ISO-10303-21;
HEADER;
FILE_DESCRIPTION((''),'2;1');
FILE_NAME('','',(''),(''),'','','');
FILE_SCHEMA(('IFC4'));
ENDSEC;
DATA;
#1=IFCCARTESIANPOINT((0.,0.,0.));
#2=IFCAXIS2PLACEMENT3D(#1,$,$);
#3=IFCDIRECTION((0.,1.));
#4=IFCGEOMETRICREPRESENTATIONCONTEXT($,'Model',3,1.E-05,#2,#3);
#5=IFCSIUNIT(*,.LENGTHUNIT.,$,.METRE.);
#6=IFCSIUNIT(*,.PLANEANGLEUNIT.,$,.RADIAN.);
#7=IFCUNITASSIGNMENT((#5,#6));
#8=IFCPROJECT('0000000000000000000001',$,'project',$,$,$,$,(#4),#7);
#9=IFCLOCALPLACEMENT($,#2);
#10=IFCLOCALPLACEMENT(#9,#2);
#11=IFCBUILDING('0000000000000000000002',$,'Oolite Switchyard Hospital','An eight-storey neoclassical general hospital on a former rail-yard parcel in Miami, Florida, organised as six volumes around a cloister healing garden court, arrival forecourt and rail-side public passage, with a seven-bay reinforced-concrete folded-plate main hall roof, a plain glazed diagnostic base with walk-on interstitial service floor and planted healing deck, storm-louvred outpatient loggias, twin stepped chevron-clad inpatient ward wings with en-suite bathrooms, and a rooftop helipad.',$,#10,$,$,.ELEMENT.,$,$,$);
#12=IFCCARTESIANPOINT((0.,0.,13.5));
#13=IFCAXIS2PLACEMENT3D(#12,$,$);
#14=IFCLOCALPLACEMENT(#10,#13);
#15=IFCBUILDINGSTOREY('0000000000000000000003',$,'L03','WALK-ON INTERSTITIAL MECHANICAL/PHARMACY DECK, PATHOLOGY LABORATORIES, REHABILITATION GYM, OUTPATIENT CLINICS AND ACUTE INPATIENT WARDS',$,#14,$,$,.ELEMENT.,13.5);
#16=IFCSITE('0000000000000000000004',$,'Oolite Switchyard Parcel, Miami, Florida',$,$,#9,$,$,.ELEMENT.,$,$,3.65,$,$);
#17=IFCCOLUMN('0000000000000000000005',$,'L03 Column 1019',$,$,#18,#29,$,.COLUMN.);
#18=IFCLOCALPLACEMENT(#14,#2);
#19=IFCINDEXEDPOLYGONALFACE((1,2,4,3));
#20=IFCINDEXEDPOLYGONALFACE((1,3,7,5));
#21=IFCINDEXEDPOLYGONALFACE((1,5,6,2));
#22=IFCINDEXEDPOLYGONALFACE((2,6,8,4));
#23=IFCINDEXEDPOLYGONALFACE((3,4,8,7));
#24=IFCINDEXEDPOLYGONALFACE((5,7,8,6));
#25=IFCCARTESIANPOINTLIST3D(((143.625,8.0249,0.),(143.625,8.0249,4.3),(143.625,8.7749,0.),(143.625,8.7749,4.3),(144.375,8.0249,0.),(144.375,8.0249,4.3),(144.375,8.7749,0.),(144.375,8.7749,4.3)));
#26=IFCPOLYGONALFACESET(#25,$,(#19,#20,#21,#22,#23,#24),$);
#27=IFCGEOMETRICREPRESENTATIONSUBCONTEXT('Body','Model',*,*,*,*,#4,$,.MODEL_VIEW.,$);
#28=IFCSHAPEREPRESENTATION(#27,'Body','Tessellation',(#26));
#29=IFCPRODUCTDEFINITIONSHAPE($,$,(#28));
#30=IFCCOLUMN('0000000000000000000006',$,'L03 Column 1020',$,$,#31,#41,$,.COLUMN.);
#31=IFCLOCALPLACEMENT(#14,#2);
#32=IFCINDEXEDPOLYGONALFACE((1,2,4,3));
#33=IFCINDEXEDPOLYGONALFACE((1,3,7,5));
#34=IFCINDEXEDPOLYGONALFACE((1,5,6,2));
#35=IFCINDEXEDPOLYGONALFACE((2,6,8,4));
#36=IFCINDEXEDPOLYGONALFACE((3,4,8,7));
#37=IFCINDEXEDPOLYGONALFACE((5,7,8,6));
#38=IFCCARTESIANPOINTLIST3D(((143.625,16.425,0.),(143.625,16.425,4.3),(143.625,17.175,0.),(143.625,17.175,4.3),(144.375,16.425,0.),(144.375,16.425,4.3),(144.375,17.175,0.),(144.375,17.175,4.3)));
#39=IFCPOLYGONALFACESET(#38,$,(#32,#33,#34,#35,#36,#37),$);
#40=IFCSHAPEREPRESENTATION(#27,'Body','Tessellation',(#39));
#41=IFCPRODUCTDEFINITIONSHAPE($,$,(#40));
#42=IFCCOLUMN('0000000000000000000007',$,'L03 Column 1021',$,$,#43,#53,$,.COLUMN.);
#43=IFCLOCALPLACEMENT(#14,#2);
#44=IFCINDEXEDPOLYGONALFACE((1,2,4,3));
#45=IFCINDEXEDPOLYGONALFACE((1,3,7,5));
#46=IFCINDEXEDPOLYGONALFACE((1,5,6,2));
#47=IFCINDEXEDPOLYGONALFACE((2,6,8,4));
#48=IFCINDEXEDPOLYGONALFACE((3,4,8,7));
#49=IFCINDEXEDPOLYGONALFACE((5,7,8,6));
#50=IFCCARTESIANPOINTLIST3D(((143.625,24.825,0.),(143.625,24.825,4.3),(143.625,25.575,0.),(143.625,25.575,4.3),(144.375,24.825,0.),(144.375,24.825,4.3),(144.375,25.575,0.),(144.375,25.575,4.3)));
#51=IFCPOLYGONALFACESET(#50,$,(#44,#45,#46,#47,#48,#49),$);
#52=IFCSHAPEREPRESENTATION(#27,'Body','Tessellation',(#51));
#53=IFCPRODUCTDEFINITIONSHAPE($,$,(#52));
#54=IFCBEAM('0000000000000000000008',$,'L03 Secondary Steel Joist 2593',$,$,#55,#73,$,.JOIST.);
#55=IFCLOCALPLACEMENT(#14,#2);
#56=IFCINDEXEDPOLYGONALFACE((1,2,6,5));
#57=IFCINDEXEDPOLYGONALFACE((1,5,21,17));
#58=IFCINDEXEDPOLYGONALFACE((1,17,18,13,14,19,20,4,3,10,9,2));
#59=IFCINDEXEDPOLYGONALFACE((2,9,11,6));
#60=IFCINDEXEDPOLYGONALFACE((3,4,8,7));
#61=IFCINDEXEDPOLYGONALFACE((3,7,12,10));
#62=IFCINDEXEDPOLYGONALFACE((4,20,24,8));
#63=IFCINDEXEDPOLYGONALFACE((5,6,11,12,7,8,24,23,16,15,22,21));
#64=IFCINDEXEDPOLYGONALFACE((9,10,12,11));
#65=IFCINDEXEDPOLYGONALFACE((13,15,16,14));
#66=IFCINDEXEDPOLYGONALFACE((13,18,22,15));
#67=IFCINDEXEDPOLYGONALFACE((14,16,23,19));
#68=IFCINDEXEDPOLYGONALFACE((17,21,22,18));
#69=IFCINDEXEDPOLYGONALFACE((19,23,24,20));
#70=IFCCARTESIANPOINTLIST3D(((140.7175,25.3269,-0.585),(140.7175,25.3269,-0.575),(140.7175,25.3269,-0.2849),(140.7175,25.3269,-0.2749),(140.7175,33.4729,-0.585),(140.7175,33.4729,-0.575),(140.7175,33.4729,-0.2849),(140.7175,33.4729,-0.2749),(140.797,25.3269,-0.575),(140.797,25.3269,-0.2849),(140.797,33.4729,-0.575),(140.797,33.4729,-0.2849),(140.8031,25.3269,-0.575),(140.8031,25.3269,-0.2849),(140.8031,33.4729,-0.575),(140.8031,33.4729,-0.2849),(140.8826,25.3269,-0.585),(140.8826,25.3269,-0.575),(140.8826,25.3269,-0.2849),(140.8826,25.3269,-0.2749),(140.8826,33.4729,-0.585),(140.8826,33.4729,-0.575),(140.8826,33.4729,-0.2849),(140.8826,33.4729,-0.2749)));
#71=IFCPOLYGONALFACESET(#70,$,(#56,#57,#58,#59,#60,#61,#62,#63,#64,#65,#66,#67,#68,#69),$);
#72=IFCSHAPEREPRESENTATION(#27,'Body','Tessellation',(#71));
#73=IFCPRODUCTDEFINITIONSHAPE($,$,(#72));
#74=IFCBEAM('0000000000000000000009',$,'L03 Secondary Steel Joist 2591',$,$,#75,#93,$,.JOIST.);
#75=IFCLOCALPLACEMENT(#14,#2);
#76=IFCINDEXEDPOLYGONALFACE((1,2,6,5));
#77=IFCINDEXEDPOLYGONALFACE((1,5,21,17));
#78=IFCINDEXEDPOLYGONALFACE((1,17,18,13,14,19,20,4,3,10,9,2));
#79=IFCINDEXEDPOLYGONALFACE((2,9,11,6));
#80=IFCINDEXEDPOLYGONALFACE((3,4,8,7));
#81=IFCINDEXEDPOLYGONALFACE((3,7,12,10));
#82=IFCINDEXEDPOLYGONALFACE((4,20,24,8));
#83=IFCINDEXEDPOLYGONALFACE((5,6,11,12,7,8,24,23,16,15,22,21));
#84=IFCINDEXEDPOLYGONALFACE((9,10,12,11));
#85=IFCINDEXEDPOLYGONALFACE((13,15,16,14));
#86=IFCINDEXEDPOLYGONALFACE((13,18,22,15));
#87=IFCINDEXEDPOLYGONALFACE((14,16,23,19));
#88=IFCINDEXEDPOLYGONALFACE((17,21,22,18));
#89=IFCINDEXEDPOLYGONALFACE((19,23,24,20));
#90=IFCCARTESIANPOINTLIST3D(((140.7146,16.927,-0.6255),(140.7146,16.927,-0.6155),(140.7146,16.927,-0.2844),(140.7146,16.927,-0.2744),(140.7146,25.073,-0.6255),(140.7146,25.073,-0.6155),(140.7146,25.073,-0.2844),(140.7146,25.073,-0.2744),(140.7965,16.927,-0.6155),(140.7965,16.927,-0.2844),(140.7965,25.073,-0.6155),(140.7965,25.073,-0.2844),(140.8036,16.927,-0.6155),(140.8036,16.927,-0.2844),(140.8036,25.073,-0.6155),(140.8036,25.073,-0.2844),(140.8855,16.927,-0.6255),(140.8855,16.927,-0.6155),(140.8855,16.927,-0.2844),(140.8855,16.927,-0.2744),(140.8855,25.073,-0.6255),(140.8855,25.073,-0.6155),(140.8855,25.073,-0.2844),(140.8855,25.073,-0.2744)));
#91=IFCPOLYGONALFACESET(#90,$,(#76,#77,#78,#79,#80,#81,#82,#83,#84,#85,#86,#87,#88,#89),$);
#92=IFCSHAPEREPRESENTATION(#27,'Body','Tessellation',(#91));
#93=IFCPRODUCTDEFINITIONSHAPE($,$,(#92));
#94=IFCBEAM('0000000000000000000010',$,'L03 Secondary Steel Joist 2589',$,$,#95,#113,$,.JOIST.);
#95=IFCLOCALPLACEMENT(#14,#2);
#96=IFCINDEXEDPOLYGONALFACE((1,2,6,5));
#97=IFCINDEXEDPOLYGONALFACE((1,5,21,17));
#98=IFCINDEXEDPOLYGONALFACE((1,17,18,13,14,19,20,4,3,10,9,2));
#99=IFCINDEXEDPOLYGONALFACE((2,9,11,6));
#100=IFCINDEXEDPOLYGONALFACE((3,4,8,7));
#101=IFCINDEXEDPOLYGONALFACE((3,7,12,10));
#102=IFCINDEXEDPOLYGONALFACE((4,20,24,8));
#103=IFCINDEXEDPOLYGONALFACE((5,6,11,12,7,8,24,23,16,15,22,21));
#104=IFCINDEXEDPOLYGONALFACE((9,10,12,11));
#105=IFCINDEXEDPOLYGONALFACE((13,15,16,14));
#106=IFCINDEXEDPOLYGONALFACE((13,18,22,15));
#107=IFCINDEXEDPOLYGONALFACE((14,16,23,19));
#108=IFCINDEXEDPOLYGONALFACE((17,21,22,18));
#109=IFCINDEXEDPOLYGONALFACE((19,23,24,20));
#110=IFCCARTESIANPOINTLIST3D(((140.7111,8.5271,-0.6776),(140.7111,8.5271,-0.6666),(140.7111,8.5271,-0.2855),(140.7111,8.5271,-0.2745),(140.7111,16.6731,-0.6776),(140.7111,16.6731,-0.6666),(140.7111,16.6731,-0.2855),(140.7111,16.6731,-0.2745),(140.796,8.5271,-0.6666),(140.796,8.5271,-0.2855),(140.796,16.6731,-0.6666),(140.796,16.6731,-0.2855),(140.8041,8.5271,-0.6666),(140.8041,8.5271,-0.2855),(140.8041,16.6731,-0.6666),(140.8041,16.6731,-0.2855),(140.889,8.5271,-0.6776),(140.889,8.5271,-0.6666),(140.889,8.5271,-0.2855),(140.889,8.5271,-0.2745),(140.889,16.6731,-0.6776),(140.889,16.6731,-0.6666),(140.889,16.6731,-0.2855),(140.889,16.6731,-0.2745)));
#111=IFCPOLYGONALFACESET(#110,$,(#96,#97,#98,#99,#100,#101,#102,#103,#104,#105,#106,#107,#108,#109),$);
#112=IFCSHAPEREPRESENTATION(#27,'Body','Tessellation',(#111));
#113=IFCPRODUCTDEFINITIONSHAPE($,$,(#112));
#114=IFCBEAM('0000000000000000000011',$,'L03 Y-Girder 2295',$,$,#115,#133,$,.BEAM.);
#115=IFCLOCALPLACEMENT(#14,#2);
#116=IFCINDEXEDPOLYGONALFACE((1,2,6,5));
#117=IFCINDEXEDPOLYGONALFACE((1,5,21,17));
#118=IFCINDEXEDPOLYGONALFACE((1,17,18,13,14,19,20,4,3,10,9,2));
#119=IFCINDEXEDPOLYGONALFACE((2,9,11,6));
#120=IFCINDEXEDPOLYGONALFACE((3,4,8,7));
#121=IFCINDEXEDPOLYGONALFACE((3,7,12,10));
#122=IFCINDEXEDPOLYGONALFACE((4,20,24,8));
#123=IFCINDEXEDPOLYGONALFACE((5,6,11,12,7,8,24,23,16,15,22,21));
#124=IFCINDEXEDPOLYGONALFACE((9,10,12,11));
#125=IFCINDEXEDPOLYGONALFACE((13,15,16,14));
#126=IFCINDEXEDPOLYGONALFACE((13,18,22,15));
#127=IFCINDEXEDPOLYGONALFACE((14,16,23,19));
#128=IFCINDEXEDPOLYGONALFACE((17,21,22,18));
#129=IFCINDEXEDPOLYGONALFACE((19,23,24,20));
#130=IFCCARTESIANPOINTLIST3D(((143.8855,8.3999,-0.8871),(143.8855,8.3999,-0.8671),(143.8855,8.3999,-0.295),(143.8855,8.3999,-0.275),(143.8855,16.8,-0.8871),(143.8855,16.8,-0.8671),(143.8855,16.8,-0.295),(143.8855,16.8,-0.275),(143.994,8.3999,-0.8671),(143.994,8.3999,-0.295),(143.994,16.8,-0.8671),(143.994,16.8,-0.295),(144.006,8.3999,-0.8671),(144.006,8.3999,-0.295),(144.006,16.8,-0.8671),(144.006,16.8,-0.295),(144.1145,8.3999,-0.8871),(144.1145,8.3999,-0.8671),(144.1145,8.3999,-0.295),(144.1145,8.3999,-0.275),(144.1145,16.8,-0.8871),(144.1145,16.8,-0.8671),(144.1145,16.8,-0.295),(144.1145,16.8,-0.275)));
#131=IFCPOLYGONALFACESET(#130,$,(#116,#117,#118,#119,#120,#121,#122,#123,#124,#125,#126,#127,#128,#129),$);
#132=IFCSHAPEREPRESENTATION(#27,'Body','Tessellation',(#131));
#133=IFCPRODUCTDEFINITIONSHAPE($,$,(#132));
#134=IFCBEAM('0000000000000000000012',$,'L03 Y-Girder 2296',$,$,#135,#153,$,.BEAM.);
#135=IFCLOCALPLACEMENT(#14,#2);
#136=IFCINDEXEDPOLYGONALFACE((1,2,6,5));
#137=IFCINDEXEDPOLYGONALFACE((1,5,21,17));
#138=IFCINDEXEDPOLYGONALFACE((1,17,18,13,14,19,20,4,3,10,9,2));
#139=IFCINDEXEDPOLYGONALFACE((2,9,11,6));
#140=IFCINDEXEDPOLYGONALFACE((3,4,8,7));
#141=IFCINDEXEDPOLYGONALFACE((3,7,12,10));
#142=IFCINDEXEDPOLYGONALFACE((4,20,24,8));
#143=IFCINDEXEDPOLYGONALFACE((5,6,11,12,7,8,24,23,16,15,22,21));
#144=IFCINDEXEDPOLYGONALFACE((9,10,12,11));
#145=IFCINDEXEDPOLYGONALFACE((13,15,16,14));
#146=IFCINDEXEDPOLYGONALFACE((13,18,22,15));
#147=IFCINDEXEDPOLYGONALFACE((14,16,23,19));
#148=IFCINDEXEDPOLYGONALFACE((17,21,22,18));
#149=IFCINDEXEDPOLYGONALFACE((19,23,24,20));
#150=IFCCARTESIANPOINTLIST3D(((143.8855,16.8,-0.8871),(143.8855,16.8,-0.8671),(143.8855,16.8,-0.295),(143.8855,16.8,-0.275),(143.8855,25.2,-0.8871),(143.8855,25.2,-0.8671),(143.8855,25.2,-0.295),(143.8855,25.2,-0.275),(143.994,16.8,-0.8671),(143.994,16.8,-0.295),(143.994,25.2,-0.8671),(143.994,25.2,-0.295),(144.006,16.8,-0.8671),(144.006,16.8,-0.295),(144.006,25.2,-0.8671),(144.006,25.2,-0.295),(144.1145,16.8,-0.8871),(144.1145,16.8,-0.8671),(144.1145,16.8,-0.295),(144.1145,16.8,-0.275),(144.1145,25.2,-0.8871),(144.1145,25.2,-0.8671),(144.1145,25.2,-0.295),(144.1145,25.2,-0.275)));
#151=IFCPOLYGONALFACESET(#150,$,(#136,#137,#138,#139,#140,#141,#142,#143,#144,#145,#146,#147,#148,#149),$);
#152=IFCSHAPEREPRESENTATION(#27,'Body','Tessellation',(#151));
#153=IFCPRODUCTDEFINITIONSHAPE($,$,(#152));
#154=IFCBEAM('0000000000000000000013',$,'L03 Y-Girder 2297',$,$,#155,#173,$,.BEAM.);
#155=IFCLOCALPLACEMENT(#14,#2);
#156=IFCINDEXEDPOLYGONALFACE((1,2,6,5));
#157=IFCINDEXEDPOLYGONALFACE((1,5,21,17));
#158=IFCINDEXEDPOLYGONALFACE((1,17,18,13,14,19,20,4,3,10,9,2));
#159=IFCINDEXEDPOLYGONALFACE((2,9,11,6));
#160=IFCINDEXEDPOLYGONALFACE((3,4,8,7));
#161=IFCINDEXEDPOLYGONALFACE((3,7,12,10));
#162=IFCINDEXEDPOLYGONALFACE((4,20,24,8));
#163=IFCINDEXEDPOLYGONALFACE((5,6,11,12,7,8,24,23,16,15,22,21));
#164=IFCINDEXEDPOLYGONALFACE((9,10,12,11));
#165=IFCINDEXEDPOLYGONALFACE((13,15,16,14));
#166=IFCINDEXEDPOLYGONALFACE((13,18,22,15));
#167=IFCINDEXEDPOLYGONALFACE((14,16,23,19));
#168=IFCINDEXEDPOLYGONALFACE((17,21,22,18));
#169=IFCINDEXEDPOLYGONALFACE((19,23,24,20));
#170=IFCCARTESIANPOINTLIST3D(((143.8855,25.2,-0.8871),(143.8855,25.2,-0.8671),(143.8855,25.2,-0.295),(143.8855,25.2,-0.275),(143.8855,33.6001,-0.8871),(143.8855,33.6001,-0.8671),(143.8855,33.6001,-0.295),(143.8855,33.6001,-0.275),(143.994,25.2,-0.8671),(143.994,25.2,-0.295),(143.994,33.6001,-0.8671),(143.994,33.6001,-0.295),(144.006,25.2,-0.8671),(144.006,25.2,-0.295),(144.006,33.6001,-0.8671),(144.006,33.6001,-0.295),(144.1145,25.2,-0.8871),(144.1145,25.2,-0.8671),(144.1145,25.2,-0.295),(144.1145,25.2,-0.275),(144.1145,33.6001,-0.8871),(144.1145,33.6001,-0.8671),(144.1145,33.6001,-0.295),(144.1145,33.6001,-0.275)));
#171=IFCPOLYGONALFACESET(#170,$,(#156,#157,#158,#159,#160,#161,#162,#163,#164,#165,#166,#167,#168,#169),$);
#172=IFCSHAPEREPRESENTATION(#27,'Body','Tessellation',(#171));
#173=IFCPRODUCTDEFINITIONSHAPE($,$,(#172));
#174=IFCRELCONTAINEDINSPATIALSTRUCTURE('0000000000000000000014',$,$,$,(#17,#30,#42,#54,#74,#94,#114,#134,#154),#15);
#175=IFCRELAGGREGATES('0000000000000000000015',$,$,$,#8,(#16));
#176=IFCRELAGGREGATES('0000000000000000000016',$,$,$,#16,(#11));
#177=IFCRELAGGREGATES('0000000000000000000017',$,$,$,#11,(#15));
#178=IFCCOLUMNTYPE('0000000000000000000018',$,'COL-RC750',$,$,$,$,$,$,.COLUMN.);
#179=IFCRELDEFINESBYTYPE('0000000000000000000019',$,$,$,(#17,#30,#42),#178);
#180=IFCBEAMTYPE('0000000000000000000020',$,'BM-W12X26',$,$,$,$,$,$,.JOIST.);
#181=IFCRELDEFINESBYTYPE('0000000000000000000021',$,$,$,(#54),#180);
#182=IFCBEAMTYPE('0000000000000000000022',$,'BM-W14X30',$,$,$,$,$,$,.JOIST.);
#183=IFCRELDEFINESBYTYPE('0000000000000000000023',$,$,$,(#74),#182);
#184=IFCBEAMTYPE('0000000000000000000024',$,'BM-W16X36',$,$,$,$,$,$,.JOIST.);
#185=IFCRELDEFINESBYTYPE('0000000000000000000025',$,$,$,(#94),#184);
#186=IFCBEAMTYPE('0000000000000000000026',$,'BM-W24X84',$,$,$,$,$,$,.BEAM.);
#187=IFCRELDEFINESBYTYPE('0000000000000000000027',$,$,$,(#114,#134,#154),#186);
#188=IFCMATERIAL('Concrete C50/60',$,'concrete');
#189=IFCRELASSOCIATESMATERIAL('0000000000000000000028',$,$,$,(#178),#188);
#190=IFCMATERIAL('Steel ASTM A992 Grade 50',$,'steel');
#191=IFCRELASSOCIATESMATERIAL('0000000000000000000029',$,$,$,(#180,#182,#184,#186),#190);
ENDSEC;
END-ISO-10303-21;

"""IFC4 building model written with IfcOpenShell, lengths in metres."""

from ifc_helpers import new_model, si_unit, direction, frame, origin, origin_2d, place, context, subcontext, project, spatial, rectangle, i_section, extrude, material, material_profile, profile_set, type_object, element, save


model = new_model("IFC4")

# Units and contexts
model_context = context("Model", 3, precision=1e-05, world=origin(), true_north=direction((0.0, 1.0)))
body_context = subcontext(model_context, "Body", "Model", "MODEL_VIEW")
ifc_project = project(units=[si_unit("LENGTHUNIT", "METRE"), si_unit("PLANEANGLEUNIT", "RADIAN")], contexts=[model_context])

# Site, building, storey
site_placement = place(None, origin())
site = spatial("IfcSite", under=ifc_project, at=site_placement, Name="Oolite Switchyard Parcel, Miami, Florida", CompositionType="ELEMENT", RefElevation=3.65)
building_placement = place(site_placement, origin())
building = spatial("IfcBuilding", under=site, at=building_placement, Name="Oolite Switchyard Hospital", Description="An eight-storey neoclassical general hospital on a former rail-yard parcel in Miami, Florida, organised as six volumes around a cloister healing garden court, arrival forecourt and rail-side public passage, with a seven-bay reinforced-concrete folded-plate main hall roof, a plain glazed diagnostic base with walk-on interstitial service floor and planted healing deck, storm-louvred outpatient loggias, twin stepped chevron-clad inpatient ward wings with en-suite bathrooms, and a rooftop helipad.", CompositionType="ELEMENT")
storey_placement = place(building_placement, frame((0.0, 0.0, 13.5)))
storey = spatial("IfcBuildingStorey", under=building, at=storey_placement, Name="L03", Description="WALK-ON INTERSTITIAL MECHANICAL/PHARMACY DECK, PATHOLOGY LABORATORIES, REHABILITATION GYM, OUTPATIENT CLINICS AND ACUTE INPATIENT WARDS", CompositionType="ELEMENT", Elevation=13.5)

# Columns
ifc_material_1 = material(Name="Concrete C50/60", Category="concrete")
ifc_material_profile_1 = material_profile(ifc_material_1, rectangle(XDim=0.75, YDim=0.75, at=origin_2d()), Name="RC750X750")
ifc_profile_set_1 = profile_set([ifc_material_profile_1], Name="Concrete C50/60")
column_type = type_object("IfcColumnType", Name="COL-RC750", PredefinedType="COLUMN", material=ifc_profile_set_1)
for number, where, z_axis, x_axis, name in (
    (1, (144.0, 8.3999, 0.0), (0.0, 0.0, 1.0), (1.0, 0.0, 0.0), "L03 Column 1019"),
    (2, (144.0, 16.8, 0.0), (0.0, 0.0, 1.0), (1.0, 0.0, 0.0), "L03 Column 1020"),
    (3, (144.0, 25.2, 0.0), (0.0, 0.0, 1.0), (1.0, 0.0, 0.0), "L03 Column 1021"),
):
    element("IfcColumn", number, at=place(storey_placement, frame(where, z_axis=z_axis, x_axis=x_axis)), inside=storey, type_object=column_type, Name=name, PredefinedType="COLUMN", context=body_context, shape_type="SweptSolid", body=[
        extrude(rectangle(XDim=0.75, YDim=0.75, at=origin_2d()), origin(), (0.0, 0.0, 1.0), 4.3),
    ])

# Beams
ifc_material_2 = material(Name="Steel ASTM A992 Grade 50", Category="steel")
ifc_material_profile_2 = material_profile(ifc_material_2, i_section(OverallWidth=0.165, OverallDepth=0.3101, WebThickness=0.0061, FlangeThickness=0.01, at=origin_2d()), Name="W12X26")
ifc_profile_set_2 = profile_set([ifc_material_profile_2], Name="Steel ASTM A992 Grade 50")
beam_type_1 = type_object("IfcBeamType", Name="BM-W12X26", PredefinedType="JOIST", material=ifc_profile_set_2)
beam_1_placement = place(storey_placement, frame((140.8, 25.3269, -0.4299), z_axis=(0.0, 1.0, 0.0), x_axis=(-1.0, 0.0, 0.0)))
element("IfcBeam", 4, at=beam_1_placement, inside=storey, type_object=beam_type_1, Name="L03 Secondary Steel Joist 2593", PredefinedType="JOIST", context=body_context, shape_type="SweptSolid", body=[
    extrude(i_section(OverallWidth=0.165, OverallDepth=0.3101, WebThickness=0.0061, FlangeThickness=0.01, at=origin_2d()), origin(), (0.0, 0.0, 1.0), 8.146),
])
ifc_material_profile_3 = material_profile(ifc_material_2, i_section(OverallWidth=0.1709, OverallDepth=0.3511, WebThickness=0.0071, FlangeThickness=0.01, at=origin_2d()), Name="W14X30")
ifc_profile_set_3 = profile_set([ifc_material_profile_3], Name="Steel ASTM A992 Grade 50")
beam_type_2 = type_object("IfcBeamType", Name="BM-W14X30", PredefinedType="JOIST", material=ifc_profile_set_3)
beam_2_placement = place(storey_placement, frame((140.8, 16.927, -0.45), z_axis=(0.0, 1.0, 0.0), x_axis=(-1.0, 0.0, 0.0)))
element("IfcBeam", 5, at=beam_2_placement, inside=storey, type_object=beam_type_2, Name="L03 Secondary Steel Joist 2591", PredefinedType="JOIST", context=body_context, shape_type="SweptSolid", body=[
    extrude(i_section(OverallWidth=0.1709, OverallDepth=0.3511, WebThickness=0.0071, FlangeThickness=0.01, at=origin_2d()), origin(), (0.0, 0.0, 1.0), 8.146),
])
ifc_material_profile_4 = material_profile(ifc_material_2, i_section(OverallWidth=0.178, OverallDepth=0.4031, WebThickness=0.0081, FlangeThickness=0.011, at=origin_2d()), Name="W16X36")
ifc_profile_set_4 = profile_set([ifc_material_profile_4], Name="Steel ASTM A992 Grade 50")
beam_type_3 = type_object("IfcBeamType", Name="BM-W16X36", PredefinedType="JOIST", material=ifc_profile_set_4)
beam_3_placement = place(storey_placement, frame((140.8, 8.5271, -0.4761), z_axis=(0.0, 1.0, 0.0), x_axis=(-1.0, 0.0, 0.0)))
element("IfcBeam", 6, at=beam_3_placement, inside=storey, type_object=beam_type_3, Name="L03 Secondary Steel Joist 2589", PredefinedType="JOIST", context=body_context, shape_type="SweptSolid", body=[
    extrude(i_section(OverallWidth=0.178, OverallDepth=0.4031, WebThickness=0.0081, FlangeThickness=0.011, at=origin_2d()), origin(), (0.0, 0.0, 1.0), 8.146),
])
ifc_material_profile_5 = material_profile(ifc_material_2, i_section(OverallWidth=0.229, OverallDepth=0.6121, WebThickness=0.012, FlangeThickness=0.02, at=origin_2d()), Name="W24X84")
ifc_profile_set_5 = profile_set([ifc_material_profile_5], Name="Steel ASTM A992 Grade 50")
beam_type_4 = type_object("IfcBeamType", Name="BM-W24X84", PredefinedType="BEAM", material=ifc_profile_set_5)
beam_4_placement = place(storey_placement, frame((144.0, 8.3999, -0.5811), z_axis=(0.0, 1.0, 0.0), x_axis=(-1.0, 0.0, 0.0)))
element("IfcBeam", 7, at=beam_4_placement, inside=storey, type_object=beam_type_4, Name="L03 Y-Girder 2295", PredefinedType="BEAM", context=body_context, shape_type="SweptSolid", body=[
    extrude(i_section(OverallWidth=0.229, OverallDepth=0.6121, WebThickness=0.012, FlangeThickness=0.02, at=origin_2d()), origin(), (0.0, 0.0, 1.0), 8.4001),
])
beam_5_placement = place(storey_placement, frame((144.0, 16.8, -0.5811), z_axis=(0.0, 1.0, 0.0), x_axis=(-1.0, 0.0, 0.0)))
element("IfcBeam", 8, at=beam_5_placement, inside=storey, type_object=beam_type_4, Name="L03 Y-Girder 2296", PredefinedType="BEAM", context=body_context, shape_type="SweptSolid", body=[
    extrude(i_section(OverallWidth=0.229, OverallDepth=0.6121, WebThickness=0.012, FlangeThickness=0.02, at=origin_2d()), origin(), (0.0, 0.0, 1.0), 8.3999),
])
beam_6_placement = place(storey_placement, frame((144.0, 25.2, -0.5811), z_axis=(0.0, 1.0, 0.0), x_axis=(-1.0, 0.0, 0.0)))
element("IfcBeam", 9, at=beam_6_placement, inside=storey, type_object=beam_type_4, Name="L03 Y-Girder 2297", PredefinedType="BEAM", context=body_context, shape_type="SweptSolid", body=[
    extrude(i_section(OverallWidth=0.229, OverallDepth=0.6121, WebThickness=0.012, FlangeThickness=0.02, at=origin_2d()), origin(), (0.0, 0.0, 1.0), 8.4001),
])

save(model, "model.ifc")
